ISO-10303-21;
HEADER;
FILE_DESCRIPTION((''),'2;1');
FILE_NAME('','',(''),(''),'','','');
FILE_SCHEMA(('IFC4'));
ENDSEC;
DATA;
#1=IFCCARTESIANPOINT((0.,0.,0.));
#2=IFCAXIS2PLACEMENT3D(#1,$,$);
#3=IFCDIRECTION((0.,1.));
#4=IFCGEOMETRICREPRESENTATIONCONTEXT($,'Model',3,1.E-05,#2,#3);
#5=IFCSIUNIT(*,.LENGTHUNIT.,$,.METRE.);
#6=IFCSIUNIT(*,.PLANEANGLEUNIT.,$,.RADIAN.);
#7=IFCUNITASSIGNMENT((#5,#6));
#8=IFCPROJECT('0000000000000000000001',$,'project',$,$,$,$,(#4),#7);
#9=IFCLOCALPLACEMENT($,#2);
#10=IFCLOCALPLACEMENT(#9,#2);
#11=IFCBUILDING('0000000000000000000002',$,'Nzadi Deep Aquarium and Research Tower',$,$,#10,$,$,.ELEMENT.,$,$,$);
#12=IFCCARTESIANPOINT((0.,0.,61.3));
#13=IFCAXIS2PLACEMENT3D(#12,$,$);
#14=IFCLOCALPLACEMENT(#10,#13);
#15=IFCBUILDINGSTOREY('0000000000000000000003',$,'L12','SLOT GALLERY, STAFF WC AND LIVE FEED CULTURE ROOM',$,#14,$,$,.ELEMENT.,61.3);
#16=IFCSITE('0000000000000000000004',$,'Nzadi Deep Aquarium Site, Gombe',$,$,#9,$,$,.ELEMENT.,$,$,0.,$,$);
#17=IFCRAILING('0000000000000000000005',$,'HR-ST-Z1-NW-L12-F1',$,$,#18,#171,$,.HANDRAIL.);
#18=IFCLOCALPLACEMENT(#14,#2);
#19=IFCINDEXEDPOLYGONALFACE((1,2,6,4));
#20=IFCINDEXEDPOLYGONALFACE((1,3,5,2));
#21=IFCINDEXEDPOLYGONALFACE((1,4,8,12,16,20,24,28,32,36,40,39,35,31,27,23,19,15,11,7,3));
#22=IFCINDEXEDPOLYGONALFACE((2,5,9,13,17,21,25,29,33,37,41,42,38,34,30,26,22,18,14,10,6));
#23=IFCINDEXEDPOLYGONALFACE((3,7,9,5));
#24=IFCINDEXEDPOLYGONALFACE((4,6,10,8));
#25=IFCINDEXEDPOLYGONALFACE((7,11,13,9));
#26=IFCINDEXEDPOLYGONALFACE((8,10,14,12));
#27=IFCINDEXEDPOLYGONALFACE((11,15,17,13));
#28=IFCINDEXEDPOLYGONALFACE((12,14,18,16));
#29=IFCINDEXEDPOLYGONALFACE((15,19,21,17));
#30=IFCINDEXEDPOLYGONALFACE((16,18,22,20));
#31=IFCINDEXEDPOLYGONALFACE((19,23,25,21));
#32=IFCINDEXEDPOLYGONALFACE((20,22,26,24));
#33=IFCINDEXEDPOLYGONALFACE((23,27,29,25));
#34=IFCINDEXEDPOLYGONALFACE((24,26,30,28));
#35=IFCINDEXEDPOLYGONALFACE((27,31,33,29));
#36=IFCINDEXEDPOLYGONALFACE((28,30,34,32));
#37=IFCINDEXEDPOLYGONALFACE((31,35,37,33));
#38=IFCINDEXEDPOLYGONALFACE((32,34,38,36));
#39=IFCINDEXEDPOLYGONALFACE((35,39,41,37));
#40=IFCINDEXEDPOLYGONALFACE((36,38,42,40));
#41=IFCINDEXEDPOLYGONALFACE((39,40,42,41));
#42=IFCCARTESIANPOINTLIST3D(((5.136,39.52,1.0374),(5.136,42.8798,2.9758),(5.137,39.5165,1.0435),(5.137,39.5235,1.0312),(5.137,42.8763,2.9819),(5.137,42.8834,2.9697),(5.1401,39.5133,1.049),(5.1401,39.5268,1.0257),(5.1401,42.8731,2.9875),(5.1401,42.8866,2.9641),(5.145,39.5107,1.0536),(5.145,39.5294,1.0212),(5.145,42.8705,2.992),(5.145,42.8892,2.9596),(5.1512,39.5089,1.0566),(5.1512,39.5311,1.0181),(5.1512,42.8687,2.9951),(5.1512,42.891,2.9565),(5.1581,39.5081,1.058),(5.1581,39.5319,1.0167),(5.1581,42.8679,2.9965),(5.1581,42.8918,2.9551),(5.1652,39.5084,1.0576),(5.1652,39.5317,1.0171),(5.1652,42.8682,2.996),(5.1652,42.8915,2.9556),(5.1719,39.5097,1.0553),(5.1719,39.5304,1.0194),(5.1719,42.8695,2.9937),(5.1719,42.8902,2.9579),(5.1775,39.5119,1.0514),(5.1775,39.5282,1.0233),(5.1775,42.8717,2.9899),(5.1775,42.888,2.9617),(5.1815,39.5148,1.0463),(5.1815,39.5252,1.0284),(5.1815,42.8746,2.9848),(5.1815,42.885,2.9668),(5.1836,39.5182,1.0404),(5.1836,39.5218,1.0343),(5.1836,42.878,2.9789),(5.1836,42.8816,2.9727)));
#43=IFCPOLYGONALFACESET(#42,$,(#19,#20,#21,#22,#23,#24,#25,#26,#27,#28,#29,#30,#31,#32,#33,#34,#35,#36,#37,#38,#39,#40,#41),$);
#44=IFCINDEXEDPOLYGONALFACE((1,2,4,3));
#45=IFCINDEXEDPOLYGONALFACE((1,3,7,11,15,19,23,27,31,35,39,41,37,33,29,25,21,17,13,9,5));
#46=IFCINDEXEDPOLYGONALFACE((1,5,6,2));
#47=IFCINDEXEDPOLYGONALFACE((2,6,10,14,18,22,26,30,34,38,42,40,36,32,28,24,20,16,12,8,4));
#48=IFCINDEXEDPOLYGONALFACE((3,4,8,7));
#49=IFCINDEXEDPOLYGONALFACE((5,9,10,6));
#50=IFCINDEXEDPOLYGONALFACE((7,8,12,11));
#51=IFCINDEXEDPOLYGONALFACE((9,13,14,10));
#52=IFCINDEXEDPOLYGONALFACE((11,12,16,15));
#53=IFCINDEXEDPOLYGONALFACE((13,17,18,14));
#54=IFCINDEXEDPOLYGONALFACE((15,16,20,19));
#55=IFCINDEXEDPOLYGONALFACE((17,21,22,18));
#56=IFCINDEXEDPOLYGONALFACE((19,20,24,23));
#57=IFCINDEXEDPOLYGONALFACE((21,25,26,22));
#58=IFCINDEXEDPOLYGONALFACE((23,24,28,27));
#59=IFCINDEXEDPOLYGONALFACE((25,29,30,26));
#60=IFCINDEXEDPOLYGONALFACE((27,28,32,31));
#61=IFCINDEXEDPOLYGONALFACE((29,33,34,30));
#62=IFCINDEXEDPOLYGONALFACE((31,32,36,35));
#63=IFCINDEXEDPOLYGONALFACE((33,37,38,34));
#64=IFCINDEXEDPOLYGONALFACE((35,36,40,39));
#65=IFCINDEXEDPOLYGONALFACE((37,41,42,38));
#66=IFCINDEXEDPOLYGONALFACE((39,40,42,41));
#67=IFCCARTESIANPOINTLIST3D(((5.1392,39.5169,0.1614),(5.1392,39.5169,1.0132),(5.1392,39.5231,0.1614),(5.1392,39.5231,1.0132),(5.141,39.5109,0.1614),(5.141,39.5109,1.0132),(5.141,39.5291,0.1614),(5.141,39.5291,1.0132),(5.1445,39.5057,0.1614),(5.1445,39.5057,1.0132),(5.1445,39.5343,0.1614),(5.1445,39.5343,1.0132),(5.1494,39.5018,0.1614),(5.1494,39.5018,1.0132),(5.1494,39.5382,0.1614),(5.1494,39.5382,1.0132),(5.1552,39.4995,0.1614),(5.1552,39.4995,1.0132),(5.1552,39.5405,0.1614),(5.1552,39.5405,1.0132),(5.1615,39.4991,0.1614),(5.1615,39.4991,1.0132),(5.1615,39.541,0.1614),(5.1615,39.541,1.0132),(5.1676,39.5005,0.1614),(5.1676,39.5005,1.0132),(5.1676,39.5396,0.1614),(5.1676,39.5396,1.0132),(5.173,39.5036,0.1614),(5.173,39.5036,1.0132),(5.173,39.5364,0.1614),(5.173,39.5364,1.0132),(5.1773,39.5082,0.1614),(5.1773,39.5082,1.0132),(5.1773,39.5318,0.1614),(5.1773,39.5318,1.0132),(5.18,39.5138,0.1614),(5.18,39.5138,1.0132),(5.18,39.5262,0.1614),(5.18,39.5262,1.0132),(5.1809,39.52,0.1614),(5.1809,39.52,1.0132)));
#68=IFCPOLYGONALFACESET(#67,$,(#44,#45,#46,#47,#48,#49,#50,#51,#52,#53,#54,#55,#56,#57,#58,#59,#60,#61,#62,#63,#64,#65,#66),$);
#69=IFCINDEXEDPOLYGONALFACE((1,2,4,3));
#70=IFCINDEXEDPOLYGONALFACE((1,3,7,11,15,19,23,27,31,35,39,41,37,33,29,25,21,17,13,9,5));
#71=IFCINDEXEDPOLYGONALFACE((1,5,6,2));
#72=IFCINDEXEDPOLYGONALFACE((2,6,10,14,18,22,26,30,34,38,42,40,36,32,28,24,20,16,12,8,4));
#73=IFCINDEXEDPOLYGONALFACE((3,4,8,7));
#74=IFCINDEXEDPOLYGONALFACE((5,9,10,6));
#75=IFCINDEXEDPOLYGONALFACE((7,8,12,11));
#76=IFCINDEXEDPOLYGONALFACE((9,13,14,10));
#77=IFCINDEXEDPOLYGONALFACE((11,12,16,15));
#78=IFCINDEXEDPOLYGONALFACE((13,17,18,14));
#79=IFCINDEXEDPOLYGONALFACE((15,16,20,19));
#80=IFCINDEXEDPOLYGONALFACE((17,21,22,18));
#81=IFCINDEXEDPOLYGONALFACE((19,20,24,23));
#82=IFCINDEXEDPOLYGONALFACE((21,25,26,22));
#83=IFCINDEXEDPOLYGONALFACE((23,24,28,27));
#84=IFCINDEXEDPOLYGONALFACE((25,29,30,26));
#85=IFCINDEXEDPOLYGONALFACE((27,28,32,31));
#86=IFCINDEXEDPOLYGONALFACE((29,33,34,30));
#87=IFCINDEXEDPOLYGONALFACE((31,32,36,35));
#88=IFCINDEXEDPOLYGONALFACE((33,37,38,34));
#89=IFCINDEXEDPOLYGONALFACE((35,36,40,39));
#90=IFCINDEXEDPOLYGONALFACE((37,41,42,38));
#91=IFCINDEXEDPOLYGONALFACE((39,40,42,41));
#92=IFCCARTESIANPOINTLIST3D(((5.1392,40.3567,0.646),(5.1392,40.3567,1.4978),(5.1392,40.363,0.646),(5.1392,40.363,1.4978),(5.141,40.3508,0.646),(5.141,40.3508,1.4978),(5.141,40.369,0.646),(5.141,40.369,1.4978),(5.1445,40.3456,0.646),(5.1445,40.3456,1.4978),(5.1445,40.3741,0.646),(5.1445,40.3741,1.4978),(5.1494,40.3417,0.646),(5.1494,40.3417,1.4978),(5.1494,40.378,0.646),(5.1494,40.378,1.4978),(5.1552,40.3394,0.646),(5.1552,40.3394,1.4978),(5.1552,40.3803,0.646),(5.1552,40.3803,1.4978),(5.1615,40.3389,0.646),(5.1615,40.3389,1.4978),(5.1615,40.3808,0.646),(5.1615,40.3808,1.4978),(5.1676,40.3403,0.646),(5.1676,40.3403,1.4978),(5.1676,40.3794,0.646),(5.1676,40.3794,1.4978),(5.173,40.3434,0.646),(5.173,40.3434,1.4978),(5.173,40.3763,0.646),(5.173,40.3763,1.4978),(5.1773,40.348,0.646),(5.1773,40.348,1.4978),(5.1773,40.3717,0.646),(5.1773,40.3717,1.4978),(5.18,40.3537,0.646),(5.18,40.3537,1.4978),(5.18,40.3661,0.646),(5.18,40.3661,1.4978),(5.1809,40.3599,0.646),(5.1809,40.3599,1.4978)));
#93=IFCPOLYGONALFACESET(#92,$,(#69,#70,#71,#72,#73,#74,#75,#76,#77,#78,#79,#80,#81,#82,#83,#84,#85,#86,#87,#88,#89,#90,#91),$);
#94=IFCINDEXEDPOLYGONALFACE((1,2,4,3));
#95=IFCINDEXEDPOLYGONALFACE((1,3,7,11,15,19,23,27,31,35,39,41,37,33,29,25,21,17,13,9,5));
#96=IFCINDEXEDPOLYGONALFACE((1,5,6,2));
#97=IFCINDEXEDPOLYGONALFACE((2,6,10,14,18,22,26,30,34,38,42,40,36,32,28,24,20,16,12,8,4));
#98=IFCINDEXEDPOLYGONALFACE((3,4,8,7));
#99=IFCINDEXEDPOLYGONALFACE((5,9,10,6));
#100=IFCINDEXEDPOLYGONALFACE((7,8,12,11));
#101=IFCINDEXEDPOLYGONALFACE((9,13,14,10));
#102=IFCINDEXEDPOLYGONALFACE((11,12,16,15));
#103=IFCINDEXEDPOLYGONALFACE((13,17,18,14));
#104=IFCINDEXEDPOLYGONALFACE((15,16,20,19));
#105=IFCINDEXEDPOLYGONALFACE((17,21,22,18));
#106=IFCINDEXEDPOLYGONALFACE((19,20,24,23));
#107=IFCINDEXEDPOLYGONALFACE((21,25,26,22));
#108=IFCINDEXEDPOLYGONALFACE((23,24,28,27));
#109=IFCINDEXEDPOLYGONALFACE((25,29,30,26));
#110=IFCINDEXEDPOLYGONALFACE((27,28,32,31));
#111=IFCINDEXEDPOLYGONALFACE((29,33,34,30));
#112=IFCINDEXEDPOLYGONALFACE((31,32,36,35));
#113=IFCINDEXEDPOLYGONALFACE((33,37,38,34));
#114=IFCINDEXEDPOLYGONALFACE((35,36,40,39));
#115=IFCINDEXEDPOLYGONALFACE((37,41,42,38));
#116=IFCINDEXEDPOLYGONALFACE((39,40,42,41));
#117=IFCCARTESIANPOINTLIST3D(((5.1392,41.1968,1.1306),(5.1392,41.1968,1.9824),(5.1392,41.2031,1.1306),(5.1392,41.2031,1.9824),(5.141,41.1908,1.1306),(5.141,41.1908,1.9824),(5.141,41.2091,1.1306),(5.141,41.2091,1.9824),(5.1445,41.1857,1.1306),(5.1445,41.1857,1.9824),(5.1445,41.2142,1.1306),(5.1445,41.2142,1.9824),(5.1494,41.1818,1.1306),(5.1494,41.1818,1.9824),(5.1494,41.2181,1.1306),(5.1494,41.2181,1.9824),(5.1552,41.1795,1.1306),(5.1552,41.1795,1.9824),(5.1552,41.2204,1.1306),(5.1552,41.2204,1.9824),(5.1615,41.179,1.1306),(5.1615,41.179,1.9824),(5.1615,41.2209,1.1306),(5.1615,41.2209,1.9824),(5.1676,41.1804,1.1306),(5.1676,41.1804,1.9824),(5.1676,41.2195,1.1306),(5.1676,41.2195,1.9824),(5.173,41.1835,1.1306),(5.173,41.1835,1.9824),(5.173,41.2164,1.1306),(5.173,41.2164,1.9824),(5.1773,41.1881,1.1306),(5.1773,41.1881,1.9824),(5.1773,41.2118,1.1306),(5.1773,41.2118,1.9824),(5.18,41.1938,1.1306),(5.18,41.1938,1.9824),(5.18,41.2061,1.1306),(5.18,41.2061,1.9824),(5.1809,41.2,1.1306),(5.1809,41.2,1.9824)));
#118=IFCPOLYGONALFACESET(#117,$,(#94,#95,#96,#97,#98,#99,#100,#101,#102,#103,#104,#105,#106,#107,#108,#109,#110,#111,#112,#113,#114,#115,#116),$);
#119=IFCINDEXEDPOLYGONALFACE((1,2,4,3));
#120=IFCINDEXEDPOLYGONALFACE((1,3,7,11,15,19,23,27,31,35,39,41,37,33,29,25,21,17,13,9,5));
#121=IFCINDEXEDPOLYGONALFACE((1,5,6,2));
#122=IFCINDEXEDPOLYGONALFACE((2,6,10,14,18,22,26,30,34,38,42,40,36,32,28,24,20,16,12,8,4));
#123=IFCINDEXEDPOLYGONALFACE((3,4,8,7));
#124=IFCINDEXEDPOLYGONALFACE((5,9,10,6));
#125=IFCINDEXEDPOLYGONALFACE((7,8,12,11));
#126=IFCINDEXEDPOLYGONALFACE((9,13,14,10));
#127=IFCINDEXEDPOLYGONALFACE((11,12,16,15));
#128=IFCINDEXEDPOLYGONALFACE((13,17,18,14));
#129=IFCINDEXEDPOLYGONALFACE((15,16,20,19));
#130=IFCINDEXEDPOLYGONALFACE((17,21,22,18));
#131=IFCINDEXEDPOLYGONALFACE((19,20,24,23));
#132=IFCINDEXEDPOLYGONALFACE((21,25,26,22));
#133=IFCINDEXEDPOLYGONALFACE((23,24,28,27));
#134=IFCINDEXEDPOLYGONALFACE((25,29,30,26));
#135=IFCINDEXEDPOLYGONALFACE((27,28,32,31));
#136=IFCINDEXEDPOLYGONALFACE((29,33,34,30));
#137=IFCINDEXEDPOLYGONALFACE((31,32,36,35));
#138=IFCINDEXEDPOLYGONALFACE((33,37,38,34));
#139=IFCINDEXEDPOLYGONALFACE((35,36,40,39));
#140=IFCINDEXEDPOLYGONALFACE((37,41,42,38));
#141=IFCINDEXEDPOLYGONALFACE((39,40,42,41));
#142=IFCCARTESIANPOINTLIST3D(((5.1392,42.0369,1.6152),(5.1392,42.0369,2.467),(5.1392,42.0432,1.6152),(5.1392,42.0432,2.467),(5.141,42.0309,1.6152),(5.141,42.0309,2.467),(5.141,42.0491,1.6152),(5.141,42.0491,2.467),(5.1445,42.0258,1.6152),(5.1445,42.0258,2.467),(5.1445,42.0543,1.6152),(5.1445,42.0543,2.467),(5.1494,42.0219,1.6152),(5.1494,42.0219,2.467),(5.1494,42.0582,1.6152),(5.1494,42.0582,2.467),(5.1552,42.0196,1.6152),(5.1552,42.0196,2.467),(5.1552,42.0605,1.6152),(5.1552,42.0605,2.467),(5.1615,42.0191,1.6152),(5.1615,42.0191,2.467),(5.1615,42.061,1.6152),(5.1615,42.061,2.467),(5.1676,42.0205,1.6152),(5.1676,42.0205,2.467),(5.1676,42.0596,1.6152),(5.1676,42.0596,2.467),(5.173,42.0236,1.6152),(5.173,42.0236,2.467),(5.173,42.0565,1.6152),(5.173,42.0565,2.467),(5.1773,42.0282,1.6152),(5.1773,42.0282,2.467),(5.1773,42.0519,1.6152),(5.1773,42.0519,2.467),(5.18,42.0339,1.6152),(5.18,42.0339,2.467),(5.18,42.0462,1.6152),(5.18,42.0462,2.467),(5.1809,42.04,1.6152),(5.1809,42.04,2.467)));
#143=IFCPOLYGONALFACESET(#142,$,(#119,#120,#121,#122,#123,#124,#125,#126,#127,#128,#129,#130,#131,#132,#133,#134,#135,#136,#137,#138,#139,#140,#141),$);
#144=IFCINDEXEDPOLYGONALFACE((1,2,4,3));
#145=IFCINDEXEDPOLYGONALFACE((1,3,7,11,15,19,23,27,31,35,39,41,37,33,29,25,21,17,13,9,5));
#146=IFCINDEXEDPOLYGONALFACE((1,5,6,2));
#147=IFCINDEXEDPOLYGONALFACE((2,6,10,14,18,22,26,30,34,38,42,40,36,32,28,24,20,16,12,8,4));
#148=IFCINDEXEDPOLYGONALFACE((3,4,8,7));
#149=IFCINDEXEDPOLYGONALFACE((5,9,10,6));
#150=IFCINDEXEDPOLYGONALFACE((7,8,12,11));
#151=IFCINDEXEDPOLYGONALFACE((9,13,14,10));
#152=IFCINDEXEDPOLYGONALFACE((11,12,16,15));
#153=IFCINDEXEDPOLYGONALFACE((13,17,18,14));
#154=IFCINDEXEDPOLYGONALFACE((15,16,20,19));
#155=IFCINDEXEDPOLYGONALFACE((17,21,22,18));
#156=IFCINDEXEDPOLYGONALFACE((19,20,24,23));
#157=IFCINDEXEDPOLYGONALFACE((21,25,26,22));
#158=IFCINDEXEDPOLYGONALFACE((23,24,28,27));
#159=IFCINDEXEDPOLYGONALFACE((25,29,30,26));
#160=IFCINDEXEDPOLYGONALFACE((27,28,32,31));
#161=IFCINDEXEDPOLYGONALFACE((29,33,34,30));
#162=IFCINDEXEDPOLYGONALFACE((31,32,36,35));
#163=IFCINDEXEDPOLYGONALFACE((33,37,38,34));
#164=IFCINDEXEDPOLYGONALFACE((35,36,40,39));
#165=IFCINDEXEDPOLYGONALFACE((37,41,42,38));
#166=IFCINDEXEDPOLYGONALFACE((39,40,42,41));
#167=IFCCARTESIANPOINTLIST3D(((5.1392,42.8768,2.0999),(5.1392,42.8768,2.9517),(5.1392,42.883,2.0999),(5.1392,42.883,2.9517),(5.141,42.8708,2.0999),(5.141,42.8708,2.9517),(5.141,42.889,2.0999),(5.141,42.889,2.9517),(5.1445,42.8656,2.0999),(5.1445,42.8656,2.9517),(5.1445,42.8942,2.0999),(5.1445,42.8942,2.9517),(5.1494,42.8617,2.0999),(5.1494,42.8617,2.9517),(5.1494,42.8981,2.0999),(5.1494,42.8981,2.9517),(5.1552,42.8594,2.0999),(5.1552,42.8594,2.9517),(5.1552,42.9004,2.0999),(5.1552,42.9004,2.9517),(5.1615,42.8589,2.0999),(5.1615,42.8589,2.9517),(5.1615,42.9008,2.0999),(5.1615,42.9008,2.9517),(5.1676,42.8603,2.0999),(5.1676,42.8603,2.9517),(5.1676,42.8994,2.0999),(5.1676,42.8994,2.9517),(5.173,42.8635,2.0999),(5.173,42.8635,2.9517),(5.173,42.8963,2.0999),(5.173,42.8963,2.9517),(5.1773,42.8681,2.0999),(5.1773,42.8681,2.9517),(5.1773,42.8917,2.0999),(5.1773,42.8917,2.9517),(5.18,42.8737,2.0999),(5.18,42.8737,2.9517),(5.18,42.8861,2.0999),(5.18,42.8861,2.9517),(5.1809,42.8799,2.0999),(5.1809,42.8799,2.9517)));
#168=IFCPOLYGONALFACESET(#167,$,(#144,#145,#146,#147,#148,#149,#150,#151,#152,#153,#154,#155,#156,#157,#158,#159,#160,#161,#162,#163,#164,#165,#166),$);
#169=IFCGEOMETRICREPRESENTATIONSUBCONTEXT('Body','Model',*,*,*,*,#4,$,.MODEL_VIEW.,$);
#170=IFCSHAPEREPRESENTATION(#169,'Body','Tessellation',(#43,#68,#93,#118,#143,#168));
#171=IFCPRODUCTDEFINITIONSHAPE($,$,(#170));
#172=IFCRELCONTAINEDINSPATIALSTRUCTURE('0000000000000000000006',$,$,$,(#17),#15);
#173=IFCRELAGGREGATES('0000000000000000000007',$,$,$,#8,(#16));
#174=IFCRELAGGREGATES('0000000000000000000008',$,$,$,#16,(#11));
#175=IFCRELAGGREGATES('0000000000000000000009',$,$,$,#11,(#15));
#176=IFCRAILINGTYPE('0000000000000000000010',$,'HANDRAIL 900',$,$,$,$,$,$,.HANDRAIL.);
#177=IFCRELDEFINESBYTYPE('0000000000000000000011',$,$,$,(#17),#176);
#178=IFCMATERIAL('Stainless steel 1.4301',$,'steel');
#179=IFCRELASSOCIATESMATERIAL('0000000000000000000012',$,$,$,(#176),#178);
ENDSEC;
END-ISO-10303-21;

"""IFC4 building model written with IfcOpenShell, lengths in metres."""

from ifc_helpers import new_model, si_unit, direction, frame, origin, origin_2d, place, context, subcontext, project, spatial, circle, extrude, material, type_object, element, save


model = new_model("IFC4")

# Units and contexts
model_context = context("Model", 3, precision=1e-05, world=origin(), true_north=direction((0.0, 1.0)))
body_context = subcontext(model_context, "Body", "Model", "MODEL_VIEW")
ifc_project = project(units=[si_unit("LENGTHUNIT", "METRE"), si_unit("PLANEANGLEUNIT", "RADIAN")], contexts=[model_context])

# Site, building, storey
site_placement = place(None, origin())
site = spatial("IfcSite", under=ifc_project, at=site_placement, Name="Nzadi Deep Aquarium Site, Gombe", CompositionType="ELEMENT", RefElevation=0.0)
building_placement = place(site_placement, origin())
building = spatial("IfcBuilding", under=site, at=building_placement, Name="Nzadi Deep Aquarium and Research Tower", CompositionType="ELEMENT")
storey_placement = place(building_placement, frame((0.0, 0.0, 61.3)))
storey = spatial("IfcBuildingStorey", under=building, at=storey_placement, Name="L12", Description="SLOT GALLERY, STAFF WC AND LIVE FEED CULTURE ROOM", CompositionType="ELEMENT", Elevation=61.3)

# Railing
ifc_material_1 = material(Name="Stainless steel 1.4301", Category="steel")
railing_type = type_object("IfcRailingType", Name="HANDRAIL 900", PredefinedType="HANDRAIL", material=ifc_material_1)
for number, where, name in (
    (1, (5.1599, 39.52, 0.1614), "HR-ST-Z1-NW-L12-F1"),
):
    element("IfcRailing", number, at=place(storey_placement, frame(where)), inside=storey, type_object=railing_type, Name=name, PredefinedType="HANDRAIL", context=body_context, shape_type="SweptSolid", body=[
        extrude(circle(Radius=0.0239, at=origin_2d()), frame((0.0, 0.0, 0.876), z_axis=(0.0, 0.866175, 0.499741), x_axis=(-1.0, 0.0, 0.0)), (0.0, 0.0, 1.0), 3.8789),
        extrude(circle(Radius=0.021, at=origin_2d()), origin(), (0.0, 0.0, 1.0), 0.8518),
        extrude(circle(Radius=0.021, at=origin_2d()), frame((0.0, 0.8398, 0.4846)), (0.0, 0.0, 1.0), 0.8518),
        extrude(circle(Radius=0.021, at=origin_2d()), frame((0.0, 1.6799, 0.9692)), (0.0, 0.0, 1.0), 0.8518),
        extrude(circle(Radius=0.021, at=origin_2d()), frame((0.0, 2.52, 1.4539)), (0.0, 0.0, 1.0), 0.8518),
        extrude(circle(Radius=0.021, at=origin_2d()), frame((0.0, 3.3599, 1.9385)), (0.0, 0.0, 1.0), 0.8518),
    ])

save(model, "model.ifc")
